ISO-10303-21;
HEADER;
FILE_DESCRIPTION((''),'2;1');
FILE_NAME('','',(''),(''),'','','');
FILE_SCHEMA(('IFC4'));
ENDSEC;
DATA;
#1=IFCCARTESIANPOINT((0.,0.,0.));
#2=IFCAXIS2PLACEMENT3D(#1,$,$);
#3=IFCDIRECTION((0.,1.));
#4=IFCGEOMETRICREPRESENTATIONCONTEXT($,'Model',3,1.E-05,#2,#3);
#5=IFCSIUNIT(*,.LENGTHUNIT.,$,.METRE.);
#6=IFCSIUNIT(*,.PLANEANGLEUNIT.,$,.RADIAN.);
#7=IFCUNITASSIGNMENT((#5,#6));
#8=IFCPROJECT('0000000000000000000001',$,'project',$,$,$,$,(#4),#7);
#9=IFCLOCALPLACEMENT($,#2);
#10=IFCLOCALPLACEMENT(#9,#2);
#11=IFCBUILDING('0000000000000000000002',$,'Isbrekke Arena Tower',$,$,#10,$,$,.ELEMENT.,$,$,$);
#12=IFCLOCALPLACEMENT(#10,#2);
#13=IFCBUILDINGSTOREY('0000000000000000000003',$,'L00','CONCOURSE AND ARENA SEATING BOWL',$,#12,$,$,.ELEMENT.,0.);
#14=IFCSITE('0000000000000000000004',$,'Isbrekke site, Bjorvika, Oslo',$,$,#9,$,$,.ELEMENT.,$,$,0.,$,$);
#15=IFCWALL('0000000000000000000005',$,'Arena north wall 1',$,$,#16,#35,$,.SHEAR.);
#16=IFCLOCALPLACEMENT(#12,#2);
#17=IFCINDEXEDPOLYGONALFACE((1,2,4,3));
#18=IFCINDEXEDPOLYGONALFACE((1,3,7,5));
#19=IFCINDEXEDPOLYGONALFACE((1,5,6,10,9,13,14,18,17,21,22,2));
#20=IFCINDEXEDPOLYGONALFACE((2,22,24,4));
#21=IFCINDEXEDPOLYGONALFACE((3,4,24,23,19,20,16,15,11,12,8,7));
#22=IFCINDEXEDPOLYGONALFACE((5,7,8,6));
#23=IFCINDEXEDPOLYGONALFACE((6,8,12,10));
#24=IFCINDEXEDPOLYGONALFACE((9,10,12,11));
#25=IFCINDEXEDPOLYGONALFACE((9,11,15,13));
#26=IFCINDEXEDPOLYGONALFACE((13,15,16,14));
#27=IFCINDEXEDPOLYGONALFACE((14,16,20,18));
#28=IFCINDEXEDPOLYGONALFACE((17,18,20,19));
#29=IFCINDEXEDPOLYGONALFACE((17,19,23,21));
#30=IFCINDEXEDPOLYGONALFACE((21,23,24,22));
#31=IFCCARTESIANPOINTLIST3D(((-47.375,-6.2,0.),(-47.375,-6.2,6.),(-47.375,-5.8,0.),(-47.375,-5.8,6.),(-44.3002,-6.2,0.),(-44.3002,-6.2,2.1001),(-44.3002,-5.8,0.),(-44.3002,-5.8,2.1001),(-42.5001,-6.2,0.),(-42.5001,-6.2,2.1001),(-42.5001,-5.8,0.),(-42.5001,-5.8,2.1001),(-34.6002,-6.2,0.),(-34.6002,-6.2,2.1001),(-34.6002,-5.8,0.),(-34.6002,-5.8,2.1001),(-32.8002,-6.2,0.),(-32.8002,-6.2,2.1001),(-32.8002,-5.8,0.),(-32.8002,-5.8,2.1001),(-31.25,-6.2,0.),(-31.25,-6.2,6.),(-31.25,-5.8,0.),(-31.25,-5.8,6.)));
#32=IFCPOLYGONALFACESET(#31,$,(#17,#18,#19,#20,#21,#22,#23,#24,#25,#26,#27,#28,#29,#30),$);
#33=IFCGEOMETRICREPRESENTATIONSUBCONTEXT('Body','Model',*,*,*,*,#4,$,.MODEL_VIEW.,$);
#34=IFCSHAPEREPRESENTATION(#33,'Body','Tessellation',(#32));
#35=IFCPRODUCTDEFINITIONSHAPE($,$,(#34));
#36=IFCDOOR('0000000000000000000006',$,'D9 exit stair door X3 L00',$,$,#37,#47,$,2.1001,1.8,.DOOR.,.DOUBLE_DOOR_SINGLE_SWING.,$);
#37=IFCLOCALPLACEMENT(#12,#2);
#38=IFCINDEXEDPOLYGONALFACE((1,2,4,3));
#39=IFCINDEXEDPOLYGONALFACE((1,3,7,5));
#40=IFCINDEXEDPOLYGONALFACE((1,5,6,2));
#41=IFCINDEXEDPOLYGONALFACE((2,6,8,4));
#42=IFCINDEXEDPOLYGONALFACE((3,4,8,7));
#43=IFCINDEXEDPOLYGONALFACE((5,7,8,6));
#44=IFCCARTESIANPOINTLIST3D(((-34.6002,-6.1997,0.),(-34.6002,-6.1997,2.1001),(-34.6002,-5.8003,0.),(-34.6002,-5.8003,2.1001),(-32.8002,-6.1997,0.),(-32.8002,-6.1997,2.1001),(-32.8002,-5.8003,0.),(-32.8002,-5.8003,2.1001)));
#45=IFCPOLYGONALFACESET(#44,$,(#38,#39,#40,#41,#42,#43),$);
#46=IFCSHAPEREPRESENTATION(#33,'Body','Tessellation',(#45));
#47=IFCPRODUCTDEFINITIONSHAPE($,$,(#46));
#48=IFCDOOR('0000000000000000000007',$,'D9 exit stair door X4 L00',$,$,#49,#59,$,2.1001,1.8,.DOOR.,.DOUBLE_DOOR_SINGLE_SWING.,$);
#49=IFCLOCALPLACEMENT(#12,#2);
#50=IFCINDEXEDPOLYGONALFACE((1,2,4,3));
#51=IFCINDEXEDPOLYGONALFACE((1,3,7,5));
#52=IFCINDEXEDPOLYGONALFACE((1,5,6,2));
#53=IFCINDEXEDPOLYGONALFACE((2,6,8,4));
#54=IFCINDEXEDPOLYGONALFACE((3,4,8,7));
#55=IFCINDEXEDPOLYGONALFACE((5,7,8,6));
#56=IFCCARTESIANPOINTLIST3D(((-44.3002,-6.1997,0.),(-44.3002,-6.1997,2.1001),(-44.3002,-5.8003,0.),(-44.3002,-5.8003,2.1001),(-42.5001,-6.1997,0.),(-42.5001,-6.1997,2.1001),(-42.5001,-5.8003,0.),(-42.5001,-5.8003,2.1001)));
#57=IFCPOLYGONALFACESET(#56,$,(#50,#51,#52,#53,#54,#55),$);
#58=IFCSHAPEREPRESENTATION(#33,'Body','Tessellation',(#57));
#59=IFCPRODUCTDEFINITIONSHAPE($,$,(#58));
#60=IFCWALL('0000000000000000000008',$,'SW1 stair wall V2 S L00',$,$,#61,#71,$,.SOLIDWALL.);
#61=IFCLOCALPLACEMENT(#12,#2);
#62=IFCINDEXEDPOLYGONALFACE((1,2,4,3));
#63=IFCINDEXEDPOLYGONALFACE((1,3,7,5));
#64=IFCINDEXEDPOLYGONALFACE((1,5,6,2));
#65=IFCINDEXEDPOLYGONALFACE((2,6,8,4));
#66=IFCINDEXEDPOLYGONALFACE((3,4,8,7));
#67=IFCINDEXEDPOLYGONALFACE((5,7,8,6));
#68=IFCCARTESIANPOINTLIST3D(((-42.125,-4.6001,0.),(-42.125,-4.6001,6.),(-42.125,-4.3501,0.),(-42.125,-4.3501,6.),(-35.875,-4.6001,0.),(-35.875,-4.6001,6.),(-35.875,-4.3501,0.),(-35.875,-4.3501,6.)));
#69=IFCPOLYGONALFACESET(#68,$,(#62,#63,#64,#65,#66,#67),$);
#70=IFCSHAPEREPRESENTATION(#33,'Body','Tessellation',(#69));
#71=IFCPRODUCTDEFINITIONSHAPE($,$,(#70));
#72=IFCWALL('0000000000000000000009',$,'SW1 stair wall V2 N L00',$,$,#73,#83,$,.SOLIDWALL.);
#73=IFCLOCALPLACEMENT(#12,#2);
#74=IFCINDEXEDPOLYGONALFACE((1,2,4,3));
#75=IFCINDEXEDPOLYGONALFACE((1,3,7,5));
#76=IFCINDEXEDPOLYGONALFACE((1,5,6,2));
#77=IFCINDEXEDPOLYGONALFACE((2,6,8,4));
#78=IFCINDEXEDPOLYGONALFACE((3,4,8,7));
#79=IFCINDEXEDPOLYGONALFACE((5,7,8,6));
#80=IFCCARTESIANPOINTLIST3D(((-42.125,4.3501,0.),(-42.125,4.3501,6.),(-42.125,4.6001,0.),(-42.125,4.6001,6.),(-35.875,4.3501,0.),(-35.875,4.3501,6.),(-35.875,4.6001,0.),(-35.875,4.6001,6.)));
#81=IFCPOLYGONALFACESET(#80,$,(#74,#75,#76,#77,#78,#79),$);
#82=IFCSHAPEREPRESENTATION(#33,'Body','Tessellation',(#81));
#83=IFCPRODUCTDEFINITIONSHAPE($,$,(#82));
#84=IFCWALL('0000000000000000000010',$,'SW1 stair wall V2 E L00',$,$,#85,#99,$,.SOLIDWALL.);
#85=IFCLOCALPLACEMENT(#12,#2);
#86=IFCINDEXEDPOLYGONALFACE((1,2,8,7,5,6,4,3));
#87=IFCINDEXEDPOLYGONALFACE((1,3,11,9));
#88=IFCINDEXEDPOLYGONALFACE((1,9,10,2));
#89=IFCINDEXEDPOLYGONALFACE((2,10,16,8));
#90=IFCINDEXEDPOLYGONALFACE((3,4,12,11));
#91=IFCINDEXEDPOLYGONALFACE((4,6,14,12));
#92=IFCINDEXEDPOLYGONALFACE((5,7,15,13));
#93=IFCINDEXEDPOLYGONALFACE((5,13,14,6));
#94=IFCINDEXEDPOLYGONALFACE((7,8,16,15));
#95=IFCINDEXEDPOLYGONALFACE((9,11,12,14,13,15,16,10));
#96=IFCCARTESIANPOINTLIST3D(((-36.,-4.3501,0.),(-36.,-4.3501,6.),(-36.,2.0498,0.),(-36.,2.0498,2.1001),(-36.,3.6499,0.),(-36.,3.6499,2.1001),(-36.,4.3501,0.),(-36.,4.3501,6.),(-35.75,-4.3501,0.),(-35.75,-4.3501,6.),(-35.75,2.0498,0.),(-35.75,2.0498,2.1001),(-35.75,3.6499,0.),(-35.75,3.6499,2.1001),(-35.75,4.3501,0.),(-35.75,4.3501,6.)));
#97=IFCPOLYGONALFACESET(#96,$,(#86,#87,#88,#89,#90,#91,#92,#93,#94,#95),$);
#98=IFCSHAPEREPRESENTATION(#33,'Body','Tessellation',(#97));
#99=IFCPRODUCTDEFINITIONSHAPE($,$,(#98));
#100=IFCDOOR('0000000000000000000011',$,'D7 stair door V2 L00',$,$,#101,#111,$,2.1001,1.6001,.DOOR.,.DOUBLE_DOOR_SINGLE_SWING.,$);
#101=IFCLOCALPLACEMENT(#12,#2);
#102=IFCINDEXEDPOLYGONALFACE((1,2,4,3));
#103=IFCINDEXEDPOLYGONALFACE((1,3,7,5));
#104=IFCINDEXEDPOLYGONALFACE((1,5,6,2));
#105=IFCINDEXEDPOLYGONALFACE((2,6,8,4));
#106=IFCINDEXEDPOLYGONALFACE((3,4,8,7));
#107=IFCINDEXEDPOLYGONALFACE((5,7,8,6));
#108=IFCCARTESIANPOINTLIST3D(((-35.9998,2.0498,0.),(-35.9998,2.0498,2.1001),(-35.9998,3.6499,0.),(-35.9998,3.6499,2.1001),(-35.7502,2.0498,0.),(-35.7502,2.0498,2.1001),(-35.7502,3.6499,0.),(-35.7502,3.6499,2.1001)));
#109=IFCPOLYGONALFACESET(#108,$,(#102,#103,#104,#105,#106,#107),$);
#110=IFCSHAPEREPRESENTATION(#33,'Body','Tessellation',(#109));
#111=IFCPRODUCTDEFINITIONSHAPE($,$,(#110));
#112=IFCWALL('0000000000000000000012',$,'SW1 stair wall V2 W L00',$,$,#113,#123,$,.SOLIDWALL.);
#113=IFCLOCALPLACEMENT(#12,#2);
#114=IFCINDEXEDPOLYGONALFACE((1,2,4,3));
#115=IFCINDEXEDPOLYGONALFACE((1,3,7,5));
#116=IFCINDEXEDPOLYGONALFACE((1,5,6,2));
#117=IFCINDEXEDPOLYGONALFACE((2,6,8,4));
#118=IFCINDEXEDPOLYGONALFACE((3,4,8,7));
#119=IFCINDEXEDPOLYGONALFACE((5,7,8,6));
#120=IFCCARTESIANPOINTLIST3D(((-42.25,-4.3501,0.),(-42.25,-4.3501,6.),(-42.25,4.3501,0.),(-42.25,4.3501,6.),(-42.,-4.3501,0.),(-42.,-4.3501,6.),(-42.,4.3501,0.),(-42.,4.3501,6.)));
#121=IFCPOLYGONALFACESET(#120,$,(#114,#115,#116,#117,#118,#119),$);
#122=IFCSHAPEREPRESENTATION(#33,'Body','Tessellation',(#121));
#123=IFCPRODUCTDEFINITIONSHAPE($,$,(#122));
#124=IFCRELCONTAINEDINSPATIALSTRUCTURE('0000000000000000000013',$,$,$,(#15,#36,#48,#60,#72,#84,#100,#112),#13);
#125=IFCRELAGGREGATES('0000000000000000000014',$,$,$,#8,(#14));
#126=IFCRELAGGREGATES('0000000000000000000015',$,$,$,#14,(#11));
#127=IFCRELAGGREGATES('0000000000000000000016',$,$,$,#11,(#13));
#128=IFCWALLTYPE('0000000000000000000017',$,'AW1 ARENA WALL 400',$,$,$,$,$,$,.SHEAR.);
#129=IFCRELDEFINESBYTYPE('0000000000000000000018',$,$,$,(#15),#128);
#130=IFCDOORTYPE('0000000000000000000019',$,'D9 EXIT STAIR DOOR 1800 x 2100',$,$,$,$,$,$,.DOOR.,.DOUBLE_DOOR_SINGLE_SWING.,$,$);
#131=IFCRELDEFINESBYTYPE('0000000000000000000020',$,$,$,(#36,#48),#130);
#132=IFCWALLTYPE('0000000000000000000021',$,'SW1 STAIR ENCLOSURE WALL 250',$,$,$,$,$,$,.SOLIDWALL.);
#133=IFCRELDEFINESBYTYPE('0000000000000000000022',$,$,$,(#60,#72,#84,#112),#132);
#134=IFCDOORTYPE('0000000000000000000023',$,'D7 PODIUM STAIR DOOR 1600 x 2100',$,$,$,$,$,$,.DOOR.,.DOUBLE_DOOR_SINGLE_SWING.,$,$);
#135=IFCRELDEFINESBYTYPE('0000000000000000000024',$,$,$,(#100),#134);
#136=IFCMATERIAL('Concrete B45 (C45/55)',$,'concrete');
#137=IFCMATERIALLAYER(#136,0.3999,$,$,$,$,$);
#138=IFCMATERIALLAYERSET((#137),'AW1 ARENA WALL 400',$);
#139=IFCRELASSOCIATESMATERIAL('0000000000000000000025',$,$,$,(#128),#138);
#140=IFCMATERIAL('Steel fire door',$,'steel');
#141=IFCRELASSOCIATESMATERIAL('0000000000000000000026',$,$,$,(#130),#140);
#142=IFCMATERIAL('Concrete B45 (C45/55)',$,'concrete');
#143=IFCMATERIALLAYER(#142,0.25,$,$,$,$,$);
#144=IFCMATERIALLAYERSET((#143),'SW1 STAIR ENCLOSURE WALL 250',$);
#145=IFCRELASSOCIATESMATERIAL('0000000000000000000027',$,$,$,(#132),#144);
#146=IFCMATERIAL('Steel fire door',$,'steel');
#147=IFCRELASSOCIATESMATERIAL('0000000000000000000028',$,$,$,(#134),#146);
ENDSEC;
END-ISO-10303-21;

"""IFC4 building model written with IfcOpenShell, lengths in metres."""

from ifc_helpers import new_model, si_unit, direction, frame, frame_2d, origin, place, context, subcontext, project, spatial, rectangle, extrude, material, layer, layer_set, type_object, element, fill, save


model = new_model("IFC4")

# Units and contexts
model_context = context("Model", 3, precision=1e-05, world=origin(), true_north=direction((0.0, 1.0)))
body_context = subcontext(model_context, "Body", "Model", "MODEL_VIEW")
ifc_project = project(units=[si_unit("LENGTHUNIT", "METRE"), si_unit("PLANEANGLEUNIT", "RADIAN")], contexts=[model_context])

# Site, building, storey
site_placement = place(None, origin())
site = spatial("IfcSite", under=ifc_project, at=site_placement, Name="Isbrekke site, Bjorvika, Oslo", CompositionType="ELEMENT", RefElevation=0.0)
building_placement = place(site_placement, origin())
building = spatial("IfcBuilding", under=site, at=building_placement, Name="Isbrekke Arena Tower", CompositionType="ELEMENT")
storey_placement = place(building_placement, origin())
storey = spatial("IfcBuildingStorey", under=building, at=storey_placement, Name="L00", Description="CONCOURSE AND ARENA SEATING BOWL", CompositionType="ELEMENT", Elevation=0.0)

# Wall, openings, doors
ifc_material_1 = material(Name="Concrete B45 (C45/55)", Category="concrete")
ifc_layer_1 = layer(ifc_material_1, 0.3999)
ifc_layer_set_1 = layer_set([ifc_layer_1], Name="AW1 ARENA WALL 400")
wall_type_1 = type_object("IfcWallType", Name="AW1 ARENA WALL 400", PredefinedType="SHEAR", material=ifc_layer_set_1)
wall_1_placement = place(storey_placement, frame((-47.375, -6.0, 0.0), z_axis=(0.0, 0.0, 1.0), x_axis=(1.0, 0.0, 0.0)))
wall_1 = element("IfcWall", 1, at=wall_1_placement, inside=storey, type_object=wall_type_1, Name="Arena north wall 1", PredefinedType="SHEAR", context=body_context, shape_type="SweptSolid", body=[
    extrude(rectangle(XDim=16.125, YDim=0.3999, at=frame_2d((8.0625, 0.0))), origin(), (0.0, 0.0, 1.0), 6.0),
])
opening_1_placement = place(wall_1_placement, frame((12.7749, 0.0, 0.0)))
opening_1 = element("IfcOpeningElement", 2, at=opening_1_placement, cuts=wall_1, PredefinedType="OPENING", context=body_context, shape_type="SweptSolid", body=[
    extrude(rectangle(XDim=1.8, YDim=2.1001, at=frame_2d((0.8999, 1.05))), frame((0.0, 0.2148, 0.0), z_axis=(0.0, -1.0, 0.0), x_axis=(1.0, 0.0, 0.0)), (0.0, 0.0, 1.0), 0.4297),
])
opening_2_placement = place(wall_1_placement, frame((3.075, 0.0, 0.0)))
opening_2 = element("IfcOpeningElement", 3, at=opening_2_placement, cuts=wall_1, PredefinedType="OPENING", context=body_context, shape_type="SweptSolid", body=[
    extrude(rectangle(XDim=1.8, YDim=2.1001, at=frame_2d((0.8999, 1.05))), frame((0.0, 0.2148, 0.0), z_axis=(0.0, -1.0, 0.0), x_axis=(1.0, 0.0, 0.0)), (0.0, 0.0, 1.0), 0.4297),
])
ifc_material_2 = material(Name="Steel fire door", Category="steel")
door_type_1 = type_object("IfcDoorType", Name="D9 EXIT STAIR DOOR 1800 x 2100", OperationType="DOUBLE_DOOR_SINGLE_SWING", PredefinedType="DOOR", material=ifc_material_2)
door_1_placement = place(opening_1_placement, origin())
door_1 = element("IfcDoor", 4, at=door_1_placement, inside=storey, type_object=door_type_1, Name="D9 exit stair door X3 L00", OperationType="DOUBLE_DOOR_SINGLE_SWING", OverallHeight=2.1001, OverallWidth=1.8, PredefinedType="DOOR", context=body_context, shape_type="SweptSolid", body=[
    extrude(rectangle(XDim=1.8, YDim=2.1001, at=frame_2d((0.8999, 1.05))), frame((0.0, 0.1997, 0.0), z_axis=(0.0, -1.0, 0.0), x_axis=(1.0, 0.0, 0.0)), (0.0, 0.0, 1.0), 0.3994),
])
fill(opening_1, door_1)
door_2_placement = place(opening_2_placement, origin())
door_2 = element("IfcDoor", 5, at=door_2_placement, inside=storey, type_object=door_type_1, Name="D9 exit stair door X4 L00", OperationType="DOUBLE_DOOR_SINGLE_SWING", OverallHeight=2.1001, OverallWidth=1.8, PredefinedType="DOOR", context=body_context, shape_type="SweptSolid", body=[
    extrude(rectangle(XDim=1.8, YDim=2.1001, at=frame_2d((0.8999, 1.05))), frame((0.0, 0.1997, 0.0), z_axis=(0.0, -1.0, 0.0), x_axis=(1.0, 0.0, 0.0)), (0.0, 0.0, 1.0), 0.3994),
])
fill(opening_2, door_2)

# Walls
ifc_material_3 = material(Name="Concrete B45 (C45/55)", Category="concrete")
ifc_layer_2 = layer(ifc_material_3, 0.25)
ifc_layer_set_2 = layer_set([ifc_layer_2], Name="SW1 STAIR ENCLOSURE WALL 250")
wall_type_2 = type_object("IfcWallType", Name="SW1 STAIR ENCLOSURE WALL 250", PredefinedType="SOLIDWALL", material=ifc_layer_set_2)
for number, where, z_axis, x_axis, name in (
    (6, (-42.125, -4.4751, 0.0), (0.0, 0.0, 1.0), (1.0, 0.0, 0.0), "SW1 stair wall V2 S L00"),
    (7, (-35.875, 4.4751, 0.0), (0.0, 0.0, 1.0), (-1.0, 0.0, 0.0), "SW1 stair wall V2 N L00"),
):
    element("IfcWall", number, at=place(storey_placement, frame(where, z_axis=z_axis, x_axis=x_axis)), inside=storey, type_object=wall_type_2, Name=name, PredefinedType="SOLIDWALL", context=body_context, shape_type="SweptSolid", body=[
        extrude(rectangle(XDim=6.25, YDim=0.25, at=frame_2d((3.125, 0.0))), origin(), (0.0, 0.0, 1.0), 6.0),
    ])

# Wall, opening, door
wall_2_placement = place(storey_placement, frame((-35.875, -4.3501, 0.0), z_axis=(0.0, 0.0, 1.0), x_axis=(0.0, 1.0, 0.0)))
wall_2 = element("IfcWall", 8, at=wall_2_placement, inside=storey, type_object=wall_type_2, Name="SW1 stair wall V2 E L00", PredefinedType="SOLIDWALL", context=body_context, shape_type="SweptSolid", body=[
    extrude(rectangle(XDim=8.7002, YDim=0.25, at=frame_2d((4.3501, 0.0))), origin(), (0.0, 0.0, 1.0), 6.0),
])
opening_3_placement = place(wall_2_placement, frame((6.3999, 0.0, 0.0)))
opening_3 = element("IfcOpeningElement", 9, at=opening_3_placement, cuts=wall_2, PredefinedType="OPENING", context=body_context, shape_type="SweptSolid", body=[
    extrude(rectangle(XDim=1.6001, YDim=2.1001, at=frame_2d((0.8, 1.05))), frame((0.0, 0.1399, 0.0), z_axis=(0.0, -1.0, 0.0), x_axis=(1.0, 0.0, 0.0)), (0.0, 0.0, 1.0), 0.2798),
])
ifc_material_4 = material(Name="Steel fire door", Category="steel")
door_type_2 = type_object("IfcDoorType", Name="D7 PODIUM STAIR DOOR 1600 x 2100", OperationType="DOUBLE_DOOR_SINGLE_SWING", PredefinedType="DOOR", material=ifc_material_4)
door_3_placement = place(opening_3_placement, origin())
door_3 = element("IfcDoor", 10, at=door_3_placement, inside=storey, type_object=door_type_2, Name="D7 stair door V2 L00", OperationType="DOUBLE_DOOR_SINGLE_SWING", OverallHeight=2.1001, OverallWidth=1.6001, PredefinedType="DOOR", context=body_context, shape_type="SweptSolid", body=[
    extrude(rectangle(XDim=1.6001, YDim=2.1001, at=frame_2d((0.8, 1.05))), frame((0.0, 0.1248, 0.0), z_axis=(0.0, -1.0, 0.0), x_axis=(1.0, 0.0, 0.0)), (0.0, 0.0, 1.0), 0.2495),
])
fill(opening_3, door_3)

# Wall
wall_3_placement = place(storey_placement, frame((-42.125, 4.3501, 0.0), z_axis=(0.0, 0.0, 1.0), x_axis=(0.0, -1.0, 0.0)))
element("IfcWall", 11, at=wall_3_placement, inside=storey, type_object=wall_type_2, Name="SW1 stair wall V2 W L00", PredefinedType="SOLIDWALL", context=body_context, shape_type="SweptSolid", body=[
    extrude(rectangle(XDim=8.7002, YDim=0.25, at=frame_2d((4.3501, 0.0))), origin(), (0.0, 0.0, 1.0), 6.0),
])

save(model, "model.ifc")
